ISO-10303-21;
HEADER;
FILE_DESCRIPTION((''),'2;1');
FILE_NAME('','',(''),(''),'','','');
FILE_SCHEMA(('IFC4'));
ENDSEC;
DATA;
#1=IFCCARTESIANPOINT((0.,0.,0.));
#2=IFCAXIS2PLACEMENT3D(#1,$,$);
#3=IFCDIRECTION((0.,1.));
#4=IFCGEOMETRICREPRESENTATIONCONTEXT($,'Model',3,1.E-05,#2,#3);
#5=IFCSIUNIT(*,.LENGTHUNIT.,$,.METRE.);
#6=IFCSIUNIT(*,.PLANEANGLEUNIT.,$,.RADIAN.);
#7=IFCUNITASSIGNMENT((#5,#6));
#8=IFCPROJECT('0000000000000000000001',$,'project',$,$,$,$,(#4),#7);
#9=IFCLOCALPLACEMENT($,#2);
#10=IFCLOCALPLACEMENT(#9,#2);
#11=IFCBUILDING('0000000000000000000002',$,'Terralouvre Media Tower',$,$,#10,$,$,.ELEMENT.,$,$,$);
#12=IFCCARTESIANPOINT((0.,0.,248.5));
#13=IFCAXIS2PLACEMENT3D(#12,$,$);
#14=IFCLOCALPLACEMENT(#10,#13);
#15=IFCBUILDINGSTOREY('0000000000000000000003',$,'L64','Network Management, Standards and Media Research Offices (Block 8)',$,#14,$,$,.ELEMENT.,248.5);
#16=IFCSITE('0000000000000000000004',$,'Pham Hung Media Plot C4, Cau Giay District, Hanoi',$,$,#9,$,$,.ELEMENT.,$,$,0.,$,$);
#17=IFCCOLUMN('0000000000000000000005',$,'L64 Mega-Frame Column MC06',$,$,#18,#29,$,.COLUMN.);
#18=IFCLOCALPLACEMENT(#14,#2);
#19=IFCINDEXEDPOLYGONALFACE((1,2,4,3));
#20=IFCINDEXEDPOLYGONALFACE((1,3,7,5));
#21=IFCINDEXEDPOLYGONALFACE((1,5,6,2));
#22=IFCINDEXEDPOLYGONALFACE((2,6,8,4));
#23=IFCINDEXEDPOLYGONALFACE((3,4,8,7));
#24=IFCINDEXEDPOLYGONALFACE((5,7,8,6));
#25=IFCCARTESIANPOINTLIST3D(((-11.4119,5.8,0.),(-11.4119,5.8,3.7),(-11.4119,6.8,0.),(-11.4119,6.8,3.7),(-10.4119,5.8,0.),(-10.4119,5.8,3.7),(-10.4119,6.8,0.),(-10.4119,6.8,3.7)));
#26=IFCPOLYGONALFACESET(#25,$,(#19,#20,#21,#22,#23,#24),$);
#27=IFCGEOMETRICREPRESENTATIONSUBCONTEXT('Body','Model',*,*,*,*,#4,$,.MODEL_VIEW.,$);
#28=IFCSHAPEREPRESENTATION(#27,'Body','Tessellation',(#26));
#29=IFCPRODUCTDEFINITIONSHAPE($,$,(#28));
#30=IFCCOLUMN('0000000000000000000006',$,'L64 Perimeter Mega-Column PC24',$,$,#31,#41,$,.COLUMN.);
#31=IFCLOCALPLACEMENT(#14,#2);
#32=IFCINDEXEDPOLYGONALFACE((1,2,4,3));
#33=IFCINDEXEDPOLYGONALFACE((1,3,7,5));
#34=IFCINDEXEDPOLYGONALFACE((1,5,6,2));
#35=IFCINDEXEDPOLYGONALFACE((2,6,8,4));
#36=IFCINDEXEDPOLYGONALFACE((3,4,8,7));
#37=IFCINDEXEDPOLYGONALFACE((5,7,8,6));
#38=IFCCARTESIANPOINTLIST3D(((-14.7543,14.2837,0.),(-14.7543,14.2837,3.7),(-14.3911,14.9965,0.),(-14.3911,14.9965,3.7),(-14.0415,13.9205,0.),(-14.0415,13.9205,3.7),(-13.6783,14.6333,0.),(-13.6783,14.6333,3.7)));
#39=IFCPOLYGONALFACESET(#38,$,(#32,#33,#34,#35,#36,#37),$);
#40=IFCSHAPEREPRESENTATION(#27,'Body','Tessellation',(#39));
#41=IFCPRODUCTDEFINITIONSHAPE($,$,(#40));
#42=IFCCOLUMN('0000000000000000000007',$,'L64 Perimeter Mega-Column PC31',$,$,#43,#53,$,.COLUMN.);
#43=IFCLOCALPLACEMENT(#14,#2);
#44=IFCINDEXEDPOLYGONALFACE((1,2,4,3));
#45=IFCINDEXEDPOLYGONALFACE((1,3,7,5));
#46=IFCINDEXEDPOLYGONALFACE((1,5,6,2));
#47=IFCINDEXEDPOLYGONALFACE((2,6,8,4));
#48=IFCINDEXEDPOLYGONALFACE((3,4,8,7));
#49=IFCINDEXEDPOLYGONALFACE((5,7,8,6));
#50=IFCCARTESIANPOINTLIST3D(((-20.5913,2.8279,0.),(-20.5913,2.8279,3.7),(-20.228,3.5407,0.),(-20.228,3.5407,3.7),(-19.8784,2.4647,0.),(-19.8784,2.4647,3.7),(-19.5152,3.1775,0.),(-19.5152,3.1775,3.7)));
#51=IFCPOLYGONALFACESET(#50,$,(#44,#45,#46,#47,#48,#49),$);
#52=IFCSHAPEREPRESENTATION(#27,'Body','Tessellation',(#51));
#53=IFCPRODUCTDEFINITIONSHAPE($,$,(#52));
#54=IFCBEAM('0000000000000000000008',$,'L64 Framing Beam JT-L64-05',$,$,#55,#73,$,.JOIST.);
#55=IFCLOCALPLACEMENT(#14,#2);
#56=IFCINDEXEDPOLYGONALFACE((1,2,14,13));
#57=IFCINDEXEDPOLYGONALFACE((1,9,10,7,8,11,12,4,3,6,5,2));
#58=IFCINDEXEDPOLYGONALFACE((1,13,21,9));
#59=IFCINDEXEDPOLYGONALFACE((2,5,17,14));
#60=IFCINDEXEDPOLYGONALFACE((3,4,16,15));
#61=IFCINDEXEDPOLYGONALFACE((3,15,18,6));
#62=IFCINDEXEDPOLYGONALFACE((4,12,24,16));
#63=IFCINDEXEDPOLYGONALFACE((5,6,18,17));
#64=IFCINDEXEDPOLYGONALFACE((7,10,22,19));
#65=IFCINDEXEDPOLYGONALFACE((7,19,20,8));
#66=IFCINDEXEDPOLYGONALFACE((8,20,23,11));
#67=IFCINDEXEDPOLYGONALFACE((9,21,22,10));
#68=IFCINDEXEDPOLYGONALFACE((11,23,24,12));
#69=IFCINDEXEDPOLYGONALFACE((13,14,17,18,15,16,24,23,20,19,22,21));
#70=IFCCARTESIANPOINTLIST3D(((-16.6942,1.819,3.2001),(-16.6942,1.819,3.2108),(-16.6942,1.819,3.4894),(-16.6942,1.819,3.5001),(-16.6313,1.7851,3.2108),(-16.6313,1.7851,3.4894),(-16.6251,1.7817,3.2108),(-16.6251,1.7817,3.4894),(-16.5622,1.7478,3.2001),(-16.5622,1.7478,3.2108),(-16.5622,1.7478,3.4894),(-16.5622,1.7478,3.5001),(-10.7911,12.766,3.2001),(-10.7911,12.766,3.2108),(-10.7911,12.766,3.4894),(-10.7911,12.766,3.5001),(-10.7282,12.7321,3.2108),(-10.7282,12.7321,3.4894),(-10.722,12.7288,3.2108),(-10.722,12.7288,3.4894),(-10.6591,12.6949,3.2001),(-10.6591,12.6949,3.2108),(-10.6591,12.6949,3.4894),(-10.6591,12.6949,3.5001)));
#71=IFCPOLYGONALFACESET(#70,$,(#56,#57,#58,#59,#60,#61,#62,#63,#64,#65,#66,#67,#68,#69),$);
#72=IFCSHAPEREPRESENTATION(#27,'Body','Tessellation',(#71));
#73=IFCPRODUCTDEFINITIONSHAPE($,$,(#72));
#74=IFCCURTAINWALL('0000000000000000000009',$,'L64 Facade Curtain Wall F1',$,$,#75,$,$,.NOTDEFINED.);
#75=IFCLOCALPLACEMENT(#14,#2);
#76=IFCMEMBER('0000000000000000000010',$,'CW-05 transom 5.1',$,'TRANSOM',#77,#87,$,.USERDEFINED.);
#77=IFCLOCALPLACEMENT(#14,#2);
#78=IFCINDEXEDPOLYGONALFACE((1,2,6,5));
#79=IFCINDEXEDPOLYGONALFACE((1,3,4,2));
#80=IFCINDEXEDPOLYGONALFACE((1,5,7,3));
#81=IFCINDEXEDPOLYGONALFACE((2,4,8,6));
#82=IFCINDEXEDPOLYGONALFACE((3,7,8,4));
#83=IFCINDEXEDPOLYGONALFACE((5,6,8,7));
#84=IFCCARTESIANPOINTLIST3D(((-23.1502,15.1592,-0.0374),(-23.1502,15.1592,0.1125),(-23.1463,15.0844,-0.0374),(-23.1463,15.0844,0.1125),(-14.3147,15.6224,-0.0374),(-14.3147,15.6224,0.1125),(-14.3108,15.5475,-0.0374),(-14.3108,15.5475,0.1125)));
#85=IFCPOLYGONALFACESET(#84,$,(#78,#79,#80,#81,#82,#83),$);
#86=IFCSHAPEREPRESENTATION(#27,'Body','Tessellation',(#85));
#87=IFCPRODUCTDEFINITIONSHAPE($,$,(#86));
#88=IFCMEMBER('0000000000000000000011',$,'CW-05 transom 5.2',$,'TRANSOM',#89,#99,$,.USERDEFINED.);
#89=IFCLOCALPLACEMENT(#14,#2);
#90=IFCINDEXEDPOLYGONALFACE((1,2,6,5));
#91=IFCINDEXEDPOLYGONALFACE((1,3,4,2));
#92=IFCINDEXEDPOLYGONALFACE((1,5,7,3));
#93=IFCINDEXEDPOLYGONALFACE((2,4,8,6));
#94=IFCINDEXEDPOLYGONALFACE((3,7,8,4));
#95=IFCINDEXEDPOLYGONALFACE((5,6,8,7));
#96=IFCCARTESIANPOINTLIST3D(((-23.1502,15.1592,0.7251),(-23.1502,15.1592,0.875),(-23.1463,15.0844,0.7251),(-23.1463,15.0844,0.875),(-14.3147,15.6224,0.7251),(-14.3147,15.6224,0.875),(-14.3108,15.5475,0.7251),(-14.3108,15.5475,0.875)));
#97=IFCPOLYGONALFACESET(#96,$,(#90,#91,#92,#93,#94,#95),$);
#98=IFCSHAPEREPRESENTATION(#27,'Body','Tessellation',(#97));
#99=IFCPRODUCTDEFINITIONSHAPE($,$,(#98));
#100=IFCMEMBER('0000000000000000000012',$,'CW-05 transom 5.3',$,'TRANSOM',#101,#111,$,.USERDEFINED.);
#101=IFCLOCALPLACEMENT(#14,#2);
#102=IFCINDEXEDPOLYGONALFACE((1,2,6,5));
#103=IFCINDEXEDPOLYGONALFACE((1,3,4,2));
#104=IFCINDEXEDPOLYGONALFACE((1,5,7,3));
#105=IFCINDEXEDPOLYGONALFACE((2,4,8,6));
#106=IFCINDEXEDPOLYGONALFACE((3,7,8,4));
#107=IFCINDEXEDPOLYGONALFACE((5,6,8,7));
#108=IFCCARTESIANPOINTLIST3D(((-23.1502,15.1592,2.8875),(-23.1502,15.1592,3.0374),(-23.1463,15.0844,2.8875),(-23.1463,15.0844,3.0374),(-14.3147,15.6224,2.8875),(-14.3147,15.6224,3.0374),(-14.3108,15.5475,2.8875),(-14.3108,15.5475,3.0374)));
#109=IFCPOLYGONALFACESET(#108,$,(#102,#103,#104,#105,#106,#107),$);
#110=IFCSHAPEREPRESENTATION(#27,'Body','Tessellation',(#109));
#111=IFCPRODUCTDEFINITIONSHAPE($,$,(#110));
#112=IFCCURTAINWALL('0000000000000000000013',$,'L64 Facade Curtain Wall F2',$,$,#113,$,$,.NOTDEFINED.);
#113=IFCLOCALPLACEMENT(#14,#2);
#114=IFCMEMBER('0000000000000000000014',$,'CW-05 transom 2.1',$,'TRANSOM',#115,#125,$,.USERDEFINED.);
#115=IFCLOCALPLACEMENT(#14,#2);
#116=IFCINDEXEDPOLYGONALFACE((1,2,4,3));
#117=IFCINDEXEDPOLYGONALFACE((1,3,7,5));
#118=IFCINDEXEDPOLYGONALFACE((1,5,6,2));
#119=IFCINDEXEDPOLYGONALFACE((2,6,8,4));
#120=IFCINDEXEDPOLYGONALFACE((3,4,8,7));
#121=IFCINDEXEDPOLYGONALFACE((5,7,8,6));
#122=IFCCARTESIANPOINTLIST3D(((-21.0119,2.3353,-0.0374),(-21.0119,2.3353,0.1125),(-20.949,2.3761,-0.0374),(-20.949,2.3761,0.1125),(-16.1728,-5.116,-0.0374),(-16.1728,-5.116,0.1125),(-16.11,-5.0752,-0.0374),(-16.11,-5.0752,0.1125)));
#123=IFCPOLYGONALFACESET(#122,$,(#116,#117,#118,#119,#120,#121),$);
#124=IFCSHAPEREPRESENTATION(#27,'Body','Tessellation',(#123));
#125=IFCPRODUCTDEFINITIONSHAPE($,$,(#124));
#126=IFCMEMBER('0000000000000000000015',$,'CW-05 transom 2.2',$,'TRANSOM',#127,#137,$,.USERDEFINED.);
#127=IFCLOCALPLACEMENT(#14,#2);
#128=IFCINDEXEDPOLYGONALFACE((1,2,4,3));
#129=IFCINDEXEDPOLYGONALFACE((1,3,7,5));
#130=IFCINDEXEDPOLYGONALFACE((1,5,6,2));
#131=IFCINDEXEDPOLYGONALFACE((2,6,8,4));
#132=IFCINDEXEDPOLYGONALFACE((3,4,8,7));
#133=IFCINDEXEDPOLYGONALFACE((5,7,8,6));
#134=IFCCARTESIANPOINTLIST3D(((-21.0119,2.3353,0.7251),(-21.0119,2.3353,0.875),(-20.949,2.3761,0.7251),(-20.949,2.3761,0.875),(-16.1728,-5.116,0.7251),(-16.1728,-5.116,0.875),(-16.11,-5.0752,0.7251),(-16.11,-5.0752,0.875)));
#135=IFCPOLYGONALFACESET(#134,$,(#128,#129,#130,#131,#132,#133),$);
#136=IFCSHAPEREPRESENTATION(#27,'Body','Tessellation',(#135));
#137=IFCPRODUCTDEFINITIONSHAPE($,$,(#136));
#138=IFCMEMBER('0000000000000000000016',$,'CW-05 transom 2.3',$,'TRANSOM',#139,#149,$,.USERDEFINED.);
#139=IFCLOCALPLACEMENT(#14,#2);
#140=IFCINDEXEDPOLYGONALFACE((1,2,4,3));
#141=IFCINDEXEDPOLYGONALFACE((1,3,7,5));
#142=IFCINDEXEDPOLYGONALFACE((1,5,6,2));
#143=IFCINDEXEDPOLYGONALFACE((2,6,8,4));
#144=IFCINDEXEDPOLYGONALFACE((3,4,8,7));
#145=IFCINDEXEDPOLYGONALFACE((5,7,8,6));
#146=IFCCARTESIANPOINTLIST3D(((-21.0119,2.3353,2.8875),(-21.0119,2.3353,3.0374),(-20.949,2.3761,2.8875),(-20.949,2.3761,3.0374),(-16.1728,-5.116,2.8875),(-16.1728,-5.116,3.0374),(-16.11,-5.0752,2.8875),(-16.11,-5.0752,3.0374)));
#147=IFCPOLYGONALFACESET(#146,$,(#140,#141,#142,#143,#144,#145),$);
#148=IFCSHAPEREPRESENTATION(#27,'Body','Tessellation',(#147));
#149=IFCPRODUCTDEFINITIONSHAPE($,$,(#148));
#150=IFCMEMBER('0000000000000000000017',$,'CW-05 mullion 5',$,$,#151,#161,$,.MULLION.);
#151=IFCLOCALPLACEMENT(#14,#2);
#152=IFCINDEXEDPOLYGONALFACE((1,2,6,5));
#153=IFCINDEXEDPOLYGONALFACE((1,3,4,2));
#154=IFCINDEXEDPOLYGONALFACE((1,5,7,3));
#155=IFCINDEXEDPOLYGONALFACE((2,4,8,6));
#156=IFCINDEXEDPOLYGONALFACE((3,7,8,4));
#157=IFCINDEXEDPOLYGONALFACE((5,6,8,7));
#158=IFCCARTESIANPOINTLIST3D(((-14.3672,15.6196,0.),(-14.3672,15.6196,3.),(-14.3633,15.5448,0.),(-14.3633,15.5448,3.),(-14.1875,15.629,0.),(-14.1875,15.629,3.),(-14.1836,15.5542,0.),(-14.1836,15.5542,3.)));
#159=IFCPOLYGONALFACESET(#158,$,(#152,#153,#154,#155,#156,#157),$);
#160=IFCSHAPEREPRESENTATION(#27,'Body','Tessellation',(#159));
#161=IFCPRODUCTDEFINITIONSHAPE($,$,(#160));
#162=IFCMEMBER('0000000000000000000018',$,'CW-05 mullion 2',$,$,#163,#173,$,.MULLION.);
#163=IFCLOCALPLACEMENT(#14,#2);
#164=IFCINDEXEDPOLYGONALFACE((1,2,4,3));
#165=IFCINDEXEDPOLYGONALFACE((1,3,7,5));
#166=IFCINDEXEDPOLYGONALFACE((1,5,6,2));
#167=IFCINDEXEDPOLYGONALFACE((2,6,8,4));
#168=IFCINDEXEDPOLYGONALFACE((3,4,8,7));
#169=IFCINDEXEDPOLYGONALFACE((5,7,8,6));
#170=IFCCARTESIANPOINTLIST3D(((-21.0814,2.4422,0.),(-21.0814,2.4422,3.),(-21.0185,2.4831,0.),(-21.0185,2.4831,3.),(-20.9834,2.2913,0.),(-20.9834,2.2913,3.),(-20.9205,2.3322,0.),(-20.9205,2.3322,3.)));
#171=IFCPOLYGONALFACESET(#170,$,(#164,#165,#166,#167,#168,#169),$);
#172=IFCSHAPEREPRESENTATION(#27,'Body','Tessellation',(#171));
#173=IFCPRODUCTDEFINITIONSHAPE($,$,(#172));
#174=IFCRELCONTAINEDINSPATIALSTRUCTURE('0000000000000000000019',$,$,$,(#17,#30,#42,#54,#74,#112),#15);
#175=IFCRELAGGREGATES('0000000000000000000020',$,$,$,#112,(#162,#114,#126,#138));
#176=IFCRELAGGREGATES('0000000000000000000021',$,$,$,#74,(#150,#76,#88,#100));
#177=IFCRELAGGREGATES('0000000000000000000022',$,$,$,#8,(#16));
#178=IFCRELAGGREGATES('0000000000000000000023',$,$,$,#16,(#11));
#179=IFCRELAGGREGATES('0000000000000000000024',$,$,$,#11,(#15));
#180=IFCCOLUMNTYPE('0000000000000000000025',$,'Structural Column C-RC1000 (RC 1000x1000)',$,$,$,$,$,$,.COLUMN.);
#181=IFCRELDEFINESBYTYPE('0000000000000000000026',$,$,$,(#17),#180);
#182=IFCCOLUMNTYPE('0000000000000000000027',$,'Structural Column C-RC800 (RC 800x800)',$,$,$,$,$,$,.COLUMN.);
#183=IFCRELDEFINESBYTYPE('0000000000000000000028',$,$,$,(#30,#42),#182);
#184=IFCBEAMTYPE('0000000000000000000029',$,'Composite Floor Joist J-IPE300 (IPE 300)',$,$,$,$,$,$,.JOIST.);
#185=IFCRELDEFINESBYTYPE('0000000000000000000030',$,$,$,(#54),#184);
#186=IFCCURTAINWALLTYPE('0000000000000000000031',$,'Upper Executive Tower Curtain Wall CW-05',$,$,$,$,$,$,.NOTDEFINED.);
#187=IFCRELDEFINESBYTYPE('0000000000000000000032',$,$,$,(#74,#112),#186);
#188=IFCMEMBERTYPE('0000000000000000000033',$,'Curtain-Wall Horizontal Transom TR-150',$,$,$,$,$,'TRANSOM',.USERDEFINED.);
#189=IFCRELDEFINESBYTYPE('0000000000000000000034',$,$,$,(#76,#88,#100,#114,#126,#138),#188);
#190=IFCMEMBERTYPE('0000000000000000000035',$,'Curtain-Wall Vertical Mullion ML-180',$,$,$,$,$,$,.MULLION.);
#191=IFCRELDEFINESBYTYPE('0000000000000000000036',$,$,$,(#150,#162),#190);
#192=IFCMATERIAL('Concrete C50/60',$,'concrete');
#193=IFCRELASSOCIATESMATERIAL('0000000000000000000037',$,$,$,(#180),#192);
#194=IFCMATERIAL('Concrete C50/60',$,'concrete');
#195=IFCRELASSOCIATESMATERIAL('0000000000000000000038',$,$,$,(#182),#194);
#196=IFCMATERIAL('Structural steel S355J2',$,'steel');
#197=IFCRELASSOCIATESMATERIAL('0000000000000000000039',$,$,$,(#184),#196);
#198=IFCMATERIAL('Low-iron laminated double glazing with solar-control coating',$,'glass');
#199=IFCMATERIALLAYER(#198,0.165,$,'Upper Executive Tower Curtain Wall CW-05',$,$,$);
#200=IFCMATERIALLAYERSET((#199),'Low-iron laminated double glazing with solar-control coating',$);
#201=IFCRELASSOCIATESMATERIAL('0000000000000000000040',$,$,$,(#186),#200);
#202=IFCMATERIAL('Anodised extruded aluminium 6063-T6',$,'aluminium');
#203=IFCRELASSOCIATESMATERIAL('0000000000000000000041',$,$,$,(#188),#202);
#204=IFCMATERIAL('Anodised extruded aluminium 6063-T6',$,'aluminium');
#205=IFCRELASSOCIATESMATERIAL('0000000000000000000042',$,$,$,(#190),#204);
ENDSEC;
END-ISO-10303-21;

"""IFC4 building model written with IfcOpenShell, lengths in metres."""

from ifc_helpers import new_model, si_unit, direction, frame, origin, origin_2d, place, context, subcontext, project, spatial, rectangle, i_section, extrude, material, layer, layer_set, material_profile, profile_set, type_object, element, aggregate, save


model = new_model("IFC4")

# Units and contexts
model_context = context("Model", 3, precision=1e-05, world=origin(), true_north=direction((0.0, 1.0)))
body_context = subcontext(model_context, "Body", "Model", "MODEL_VIEW")
ifc_project = project(units=[si_unit("LENGTHUNIT", "METRE"), si_unit("PLANEANGLEUNIT", "RADIAN")], contexts=[model_context])

# Site, building, storey
site_placement = place(None, origin())
site = spatial("IfcSite", under=ifc_project, at=site_placement, Name="Pham Hung Media Plot C4, Cau Giay District, Hanoi", CompositionType="ELEMENT", RefElevation=0.0)
building_placement = place(site_placement, origin())
building = spatial("IfcBuilding", under=site, at=building_placement, Name="Terralouvre Media Tower", CompositionType="ELEMENT")
storey_placement = place(building_placement, frame((0.0, 0.0, 248.5)))
storey = spatial("IfcBuildingStorey", under=building, at=storey_placement, Name="L64", Description="Network Management, Standards and Media Research Offices (Block 8)", CompositionType="ELEMENT", Elevation=248.5)

# Columns
ifc_material_1 = material(Name="Concrete C50/60", Category="concrete")
ifc_material_profile_1 = material_profile(ifc_material_1, rectangle(XDim=1.0, YDim=1.0, at=origin_2d()), Name="RC 1000x1000")
ifc_profile_set_1 = profile_set([ifc_material_profile_1], Name="Concrete C50/60")
column_type_1 = type_object("IfcColumnType", Name="Structural Column C-RC1000 (RC 1000x1000)", PredefinedType="COLUMN", material=ifc_profile_set_1)
column_placement = place(storey_placement, frame((-10.9119, 6.3, 0.0), z_axis=(0.0, 0.0, 1.0), x_axis=(1.0, 0.0, 0.0)))
element("IfcColumn", 1, at=column_placement, inside=storey, type_object=column_type_1, Name="L64 Mega-Frame Column MC06", PredefinedType="COLUMN", context=body_context, shape_type="SweptSolid", body=[
    extrude(rectangle(XDim=1.0, YDim=1.0, at=origin_2d()), origin(), (0.0, 0.0, 1.0), 3.7),
])
ifc_material_2 = material(Name="Concrete C50/60", Category="concrete")
ifc_material_profile_2 = material_profile(ifc_material_2, rectangle(XDim=0.8, YDim=0.8, at=origin_2d()), Name="RC 800x800")
ifc_profile_set_2 = profile_set([ifc_material_profile_2], Name="Concrete C50/60")
column_type_2 = type_object("IfcColumnType", Name="Structural Column C-RC800 (RC 800x800)", PredefinedType="COLUMN", material=ifc_profile_set_2)
for number, where, z_axis, x_axis, name in (
    (2, (-14.2163, 14.4585, 0.0), (0.0, 0.0, 1.0), (0.45399, 0.891007, 0.0), "L64 Perimeter Mega-Column PC24"),
    (3, (-20.0532, 3.0027, 0.0), (0.0, 0.0, 1.0), (0.45399, 0.891007, 0.0), "L64 Perimeter Mega-Column PC31"),
):
    element("IfcColumn", number, at=place(storey_placement, frame(where, z_axis=z_axis, x_axis=x_axis)), inside=storey, type_object=column_type_2, Name=name, PredefinedType="COLUMN", context=body_context, shape_type="SweptSolid", body=[
        extrude(rectangle(XDim=0.8, YDim=0.8, at=origin_2d()), origin(), (0.0, 0.0, 1.0), 3.7),
    ])

# Beam
ifc_material_3 = material(Name="Structural steel S355J2", Category="steel")
ifc_material_profile_3 = material_profile(ifc_material_3, i_section(OverallWidth=0.1499, OverallDepth=0.3, WebThickness=0.0071, FlangeThickness=0.0107, at=origin_2d()), Name="IPE 300")
ifc_profile_set_3 = profile_set([ifc_material_profile_3], Name="Structural steel S355J2")
beam_type_1 = type_object("IfcBeamType", Name="Composite Floor Joist J-IPE300 (IPE 300)", PredefinedType="JOIST", material=ifc_profile_set_3)
beam_1_placement = place(storey_placement, frame((-10.7251, 12.7305, 3.3501), z_axis=(-0.474631, -0.880185, 0.0), x_axis=(0.880185, -0.474631, 0.0)))
element("IfcBeam", 4, at=beam_1_placement, inside=storey, type_object=beam_type_1, Name="L64 Framing Beam JT-L64-05", PredefinedType="JOIST", context=body_context, shape_type="SweptSolid", body=[
    extrude(i_section(OverallWidth=0.1499, OverallDepth=0.3, WebThickness=0.0071, FlangeThickness=0.0107, at=origin_2d()), origin(), (0.0, 0.0, 1.0), 12.4373),
])

# Curtain walls, members
ifc_material_4 = material(Name="Low-iron laminated double glazing with solar-control coating", Category="glass")
ifc_layer_1 = layer(ifc_material_4, 0.165, Name="Upper Executive Tower Curtain Wall CW-05")
ifc_layer_set_1 = layer_set([ifc_layer_1], Name="Low-iron laminated double glazing with solar-control coating")
curtain_wall_type = type_object("IfcCurtainWallType", Name="Upper Executive Tower Curtain Wall CW-05", PredefinedType="NOTDEFINED", material=ifc_layer_set_1)
curtain_wall_1_placement = place(storey_placement, origin())
curtain_wall_1 = element("IfcCurtainWall", 5, at=curtain_wall_1_placement, inside=storey, type_object=curtain_wall_type, Name="L64 Facade Curtain Wall F1", PredefinedType="NOTDEFINED")
ifc_material_5 = material(Name="Anodised extruded aluminium 6063-T6", Category="aluminium")
ifc_material_profile_4 = material_profile(ifc_material_5, rectangle(XDim=0.075, YDim=0.1499, at=origin_2d()), Name="ALU 75x150")
ifc_profile_set_4 = profile_set([ifc_material_profile_4], Name="Anodised extruded aluminium 6063-T6")
member_type_1 = type_object("IfcMemberType", Name="Curtain-Wall Horizontal Transom TR-150", ElementType="TRANSOM", PredefinedType="USERDEFINED", material=ifc_profile_set_4)
member_1_placement = place(storey_placement, frame((-14.3127, 15.585, 0.0376), z_axis=(-0.998629, -0.052346, 0.0), x_axis=(0.052346, -0.998629, 0.0)))
member_1 = element("IfcMember", 6, at=member_1_placement, type_object=member_type_1, Name="CW-05 transom 5.1", ObjectType="TRANSOM", PredefinedType="USERDEFINED", context=body_context, shape_type="SweptSolid", body=[
    extrude(rectangle(XDim=0.075, YDim=0.1499, at=origin_2d()), origin(), (0.0, 0.0, 1.0), 8.8477),
])
member_2_placement = place(storey_placement, frame((-14.3127, 15.585, 0.8), z_axis=(-0.998629, -0.052346, 0.0), x_axis=(0.052346, -0.998629, 0.0)))
member_2 = element("IfcMember", 7, at=member_2_placement, type_object=member_type_1, Name="CW-05 transom 5.2", ObjectType="TRANSOM", PredefinedType="USERDEFINED", context=body_context, shape_type="SweptSolid", body=[
    extrude(rectangle(XDim=0.075, YDim=0.1499, at=origin_2d()), origin(), (0.0, 0.0, 1.0), 8.8477),
])
member_3_placement = place(storey_placement, frame((-14.3127, 15.585, 2.9624), z_axis=(-0.998629, -0.052346, 0.0), x_axis=(0.052346, -0.998629, 0.0)))
member_3 = element("IfcMember", 8, at=member_3_placement, type_object=member_type_1, Name="CW-05 transom 5.3", ObjectType="TRANSOM", PredefinedType="USERDEFINED", context=body_context, shape_type="SweptSolid", body=[
    extrude(rectangle(XDim=0.075, YDim=0.1499, at=origin_2d()), origin(), (0.0, 0.0, 1.0), 8.8477),
])
curtain_wall_2_placement = place(storey_placement, origin())
curtain_wall_2 = element("IfcCurtainWall", 9, at=curtain_wall_2_placement, inside=storey, type_object=curtain_wall_type, Name="L64 Facade Curtain Wall F2", PredefinedType="NOTDEFINED")
member_4_placement = place(storey_placement, frame((-20.9805, 2.3557, 0.0376), z_axis=(0.544647, -0.838665, 0.0), x_axis=(0.838665, 0.544647, 0.0)))
member_4 = element("IfcMember", 10, at=member_4_placement, type_object=member_type_1, Name="CW-05 transom 2.1", ObjectType="TRANSOM", PredefinedType="USERDEFINED", context=body_context, shape_type="SweptSolid", body=[
    extrude(rectangle(XDim=0.075, YDim=0.1499, at=origin_2d()), origin(), (0.0, 0.0, 1.0), 8.8848),
])
member_5_placement = place(storey_placement, frame((-20.9805, 2.3557, 0.8), z_axis=(0.544647, -0.838665, 0.0), x_axis=(0.838665, 0.544647, 0.0)))
member_5 = element("IfcMember", 11, at=member_5_placement, type_object=member_type_1, Name="CW-05 transom 2.2", ObjectType="TRANSOM", PredefinedType="USERDEFINED", context=body_context, shape_type="SweptSolid", body=[
    extrude(rectangle(XDim=0.075, YDim=0.1499, at=origin_2d()), origin(), (0.0, 0.0, 1.0), 8.8848),
])
member_6_placement = place(storey_placement, frame((-20.9805, 2.3557, 2.9624), z_axis=(0.544647, -0.838665, 0.0), x_axis=(0.838665, 0.544647, 0.0)))
member_6 = element("IfcMember", 12, at=member_6_placement, type_object=member_type_1, Name="CW-05 transom 2.3", ObjectType="TRANSOM", PredefinedType="USERDEFINED", context=body_context, shape_type="SweptSolid", body=[
    extrude(rectangle(XDim=0.075, YDim=0.1499, at=origin_2d()), origin(), (0.0, 0.0, 1.0), 8.8848),
])

# Members
ifc_material_6 = material(Name="Anodised extruded aluminium 6063-T6", Category="aluminium")
ifc_material_profile_5 = material_profile(ifc_material_6, rectangle(XDim=0.075, YDim=0.1799, at=origin_2d()), Name="ALU 75x180")
ifc_profile_set_5 = profile_set([ifc_material_profile_5], Name="Anodised extruded aluminium 6063-T6")
member_type_2 = type_object("IfcMemberType", Name="Curtain-Wall Vertical Mullion ML-180", PredefinedType="MULLION", material=ifc_profile_set_5)
member_7_placement = place(storey_placement, frame((-14.2754, 15.5869, 0.0), z_axis=(0.0, 0.0, 1.0), x_axis=(0.052336, -0.99863, 0.0)))
member_7 = element("IfcMember", 13, at=member_7_placement, type_object=member_type_2, Name="CW-05 mullion 5", PredefinedType="MULLION", context=body_context, shape_type="SweptSolid", body=[
    extrude(rectangle(XDim=0.075, YDim=0.1799, at=origin_2d()), origin(), (0.0, 0.0, 1.0), 3.0),
])
member_8_placement = place(storey_placement, frame((-21.001, 2.3872, 0.0), z_axis=(0.0, 0.0, 1.0), x_axis=(0.838671, 0.544639, 0.0)))
member_8 = element("IfcMember", 14, at=member_8_placement, type_object=member_type_2, Name="CW-05 mullion 2", PredefinedType="MULLION", context=body_context, shape_type="SweptSolid", body=[
    extrude(rectangle(XDim=0.075, YDim=0.1799, at=origin_2d()), origin(), (0.0, 0.0, 1.0), 3.0),
])
aggregate(curtain_wall_2, [member_8, member_4, member_5, member_6])

aggregate(curtain_wall_1, [member_7, member_1, member_2, member_3])

save(model, "model.ifc")
